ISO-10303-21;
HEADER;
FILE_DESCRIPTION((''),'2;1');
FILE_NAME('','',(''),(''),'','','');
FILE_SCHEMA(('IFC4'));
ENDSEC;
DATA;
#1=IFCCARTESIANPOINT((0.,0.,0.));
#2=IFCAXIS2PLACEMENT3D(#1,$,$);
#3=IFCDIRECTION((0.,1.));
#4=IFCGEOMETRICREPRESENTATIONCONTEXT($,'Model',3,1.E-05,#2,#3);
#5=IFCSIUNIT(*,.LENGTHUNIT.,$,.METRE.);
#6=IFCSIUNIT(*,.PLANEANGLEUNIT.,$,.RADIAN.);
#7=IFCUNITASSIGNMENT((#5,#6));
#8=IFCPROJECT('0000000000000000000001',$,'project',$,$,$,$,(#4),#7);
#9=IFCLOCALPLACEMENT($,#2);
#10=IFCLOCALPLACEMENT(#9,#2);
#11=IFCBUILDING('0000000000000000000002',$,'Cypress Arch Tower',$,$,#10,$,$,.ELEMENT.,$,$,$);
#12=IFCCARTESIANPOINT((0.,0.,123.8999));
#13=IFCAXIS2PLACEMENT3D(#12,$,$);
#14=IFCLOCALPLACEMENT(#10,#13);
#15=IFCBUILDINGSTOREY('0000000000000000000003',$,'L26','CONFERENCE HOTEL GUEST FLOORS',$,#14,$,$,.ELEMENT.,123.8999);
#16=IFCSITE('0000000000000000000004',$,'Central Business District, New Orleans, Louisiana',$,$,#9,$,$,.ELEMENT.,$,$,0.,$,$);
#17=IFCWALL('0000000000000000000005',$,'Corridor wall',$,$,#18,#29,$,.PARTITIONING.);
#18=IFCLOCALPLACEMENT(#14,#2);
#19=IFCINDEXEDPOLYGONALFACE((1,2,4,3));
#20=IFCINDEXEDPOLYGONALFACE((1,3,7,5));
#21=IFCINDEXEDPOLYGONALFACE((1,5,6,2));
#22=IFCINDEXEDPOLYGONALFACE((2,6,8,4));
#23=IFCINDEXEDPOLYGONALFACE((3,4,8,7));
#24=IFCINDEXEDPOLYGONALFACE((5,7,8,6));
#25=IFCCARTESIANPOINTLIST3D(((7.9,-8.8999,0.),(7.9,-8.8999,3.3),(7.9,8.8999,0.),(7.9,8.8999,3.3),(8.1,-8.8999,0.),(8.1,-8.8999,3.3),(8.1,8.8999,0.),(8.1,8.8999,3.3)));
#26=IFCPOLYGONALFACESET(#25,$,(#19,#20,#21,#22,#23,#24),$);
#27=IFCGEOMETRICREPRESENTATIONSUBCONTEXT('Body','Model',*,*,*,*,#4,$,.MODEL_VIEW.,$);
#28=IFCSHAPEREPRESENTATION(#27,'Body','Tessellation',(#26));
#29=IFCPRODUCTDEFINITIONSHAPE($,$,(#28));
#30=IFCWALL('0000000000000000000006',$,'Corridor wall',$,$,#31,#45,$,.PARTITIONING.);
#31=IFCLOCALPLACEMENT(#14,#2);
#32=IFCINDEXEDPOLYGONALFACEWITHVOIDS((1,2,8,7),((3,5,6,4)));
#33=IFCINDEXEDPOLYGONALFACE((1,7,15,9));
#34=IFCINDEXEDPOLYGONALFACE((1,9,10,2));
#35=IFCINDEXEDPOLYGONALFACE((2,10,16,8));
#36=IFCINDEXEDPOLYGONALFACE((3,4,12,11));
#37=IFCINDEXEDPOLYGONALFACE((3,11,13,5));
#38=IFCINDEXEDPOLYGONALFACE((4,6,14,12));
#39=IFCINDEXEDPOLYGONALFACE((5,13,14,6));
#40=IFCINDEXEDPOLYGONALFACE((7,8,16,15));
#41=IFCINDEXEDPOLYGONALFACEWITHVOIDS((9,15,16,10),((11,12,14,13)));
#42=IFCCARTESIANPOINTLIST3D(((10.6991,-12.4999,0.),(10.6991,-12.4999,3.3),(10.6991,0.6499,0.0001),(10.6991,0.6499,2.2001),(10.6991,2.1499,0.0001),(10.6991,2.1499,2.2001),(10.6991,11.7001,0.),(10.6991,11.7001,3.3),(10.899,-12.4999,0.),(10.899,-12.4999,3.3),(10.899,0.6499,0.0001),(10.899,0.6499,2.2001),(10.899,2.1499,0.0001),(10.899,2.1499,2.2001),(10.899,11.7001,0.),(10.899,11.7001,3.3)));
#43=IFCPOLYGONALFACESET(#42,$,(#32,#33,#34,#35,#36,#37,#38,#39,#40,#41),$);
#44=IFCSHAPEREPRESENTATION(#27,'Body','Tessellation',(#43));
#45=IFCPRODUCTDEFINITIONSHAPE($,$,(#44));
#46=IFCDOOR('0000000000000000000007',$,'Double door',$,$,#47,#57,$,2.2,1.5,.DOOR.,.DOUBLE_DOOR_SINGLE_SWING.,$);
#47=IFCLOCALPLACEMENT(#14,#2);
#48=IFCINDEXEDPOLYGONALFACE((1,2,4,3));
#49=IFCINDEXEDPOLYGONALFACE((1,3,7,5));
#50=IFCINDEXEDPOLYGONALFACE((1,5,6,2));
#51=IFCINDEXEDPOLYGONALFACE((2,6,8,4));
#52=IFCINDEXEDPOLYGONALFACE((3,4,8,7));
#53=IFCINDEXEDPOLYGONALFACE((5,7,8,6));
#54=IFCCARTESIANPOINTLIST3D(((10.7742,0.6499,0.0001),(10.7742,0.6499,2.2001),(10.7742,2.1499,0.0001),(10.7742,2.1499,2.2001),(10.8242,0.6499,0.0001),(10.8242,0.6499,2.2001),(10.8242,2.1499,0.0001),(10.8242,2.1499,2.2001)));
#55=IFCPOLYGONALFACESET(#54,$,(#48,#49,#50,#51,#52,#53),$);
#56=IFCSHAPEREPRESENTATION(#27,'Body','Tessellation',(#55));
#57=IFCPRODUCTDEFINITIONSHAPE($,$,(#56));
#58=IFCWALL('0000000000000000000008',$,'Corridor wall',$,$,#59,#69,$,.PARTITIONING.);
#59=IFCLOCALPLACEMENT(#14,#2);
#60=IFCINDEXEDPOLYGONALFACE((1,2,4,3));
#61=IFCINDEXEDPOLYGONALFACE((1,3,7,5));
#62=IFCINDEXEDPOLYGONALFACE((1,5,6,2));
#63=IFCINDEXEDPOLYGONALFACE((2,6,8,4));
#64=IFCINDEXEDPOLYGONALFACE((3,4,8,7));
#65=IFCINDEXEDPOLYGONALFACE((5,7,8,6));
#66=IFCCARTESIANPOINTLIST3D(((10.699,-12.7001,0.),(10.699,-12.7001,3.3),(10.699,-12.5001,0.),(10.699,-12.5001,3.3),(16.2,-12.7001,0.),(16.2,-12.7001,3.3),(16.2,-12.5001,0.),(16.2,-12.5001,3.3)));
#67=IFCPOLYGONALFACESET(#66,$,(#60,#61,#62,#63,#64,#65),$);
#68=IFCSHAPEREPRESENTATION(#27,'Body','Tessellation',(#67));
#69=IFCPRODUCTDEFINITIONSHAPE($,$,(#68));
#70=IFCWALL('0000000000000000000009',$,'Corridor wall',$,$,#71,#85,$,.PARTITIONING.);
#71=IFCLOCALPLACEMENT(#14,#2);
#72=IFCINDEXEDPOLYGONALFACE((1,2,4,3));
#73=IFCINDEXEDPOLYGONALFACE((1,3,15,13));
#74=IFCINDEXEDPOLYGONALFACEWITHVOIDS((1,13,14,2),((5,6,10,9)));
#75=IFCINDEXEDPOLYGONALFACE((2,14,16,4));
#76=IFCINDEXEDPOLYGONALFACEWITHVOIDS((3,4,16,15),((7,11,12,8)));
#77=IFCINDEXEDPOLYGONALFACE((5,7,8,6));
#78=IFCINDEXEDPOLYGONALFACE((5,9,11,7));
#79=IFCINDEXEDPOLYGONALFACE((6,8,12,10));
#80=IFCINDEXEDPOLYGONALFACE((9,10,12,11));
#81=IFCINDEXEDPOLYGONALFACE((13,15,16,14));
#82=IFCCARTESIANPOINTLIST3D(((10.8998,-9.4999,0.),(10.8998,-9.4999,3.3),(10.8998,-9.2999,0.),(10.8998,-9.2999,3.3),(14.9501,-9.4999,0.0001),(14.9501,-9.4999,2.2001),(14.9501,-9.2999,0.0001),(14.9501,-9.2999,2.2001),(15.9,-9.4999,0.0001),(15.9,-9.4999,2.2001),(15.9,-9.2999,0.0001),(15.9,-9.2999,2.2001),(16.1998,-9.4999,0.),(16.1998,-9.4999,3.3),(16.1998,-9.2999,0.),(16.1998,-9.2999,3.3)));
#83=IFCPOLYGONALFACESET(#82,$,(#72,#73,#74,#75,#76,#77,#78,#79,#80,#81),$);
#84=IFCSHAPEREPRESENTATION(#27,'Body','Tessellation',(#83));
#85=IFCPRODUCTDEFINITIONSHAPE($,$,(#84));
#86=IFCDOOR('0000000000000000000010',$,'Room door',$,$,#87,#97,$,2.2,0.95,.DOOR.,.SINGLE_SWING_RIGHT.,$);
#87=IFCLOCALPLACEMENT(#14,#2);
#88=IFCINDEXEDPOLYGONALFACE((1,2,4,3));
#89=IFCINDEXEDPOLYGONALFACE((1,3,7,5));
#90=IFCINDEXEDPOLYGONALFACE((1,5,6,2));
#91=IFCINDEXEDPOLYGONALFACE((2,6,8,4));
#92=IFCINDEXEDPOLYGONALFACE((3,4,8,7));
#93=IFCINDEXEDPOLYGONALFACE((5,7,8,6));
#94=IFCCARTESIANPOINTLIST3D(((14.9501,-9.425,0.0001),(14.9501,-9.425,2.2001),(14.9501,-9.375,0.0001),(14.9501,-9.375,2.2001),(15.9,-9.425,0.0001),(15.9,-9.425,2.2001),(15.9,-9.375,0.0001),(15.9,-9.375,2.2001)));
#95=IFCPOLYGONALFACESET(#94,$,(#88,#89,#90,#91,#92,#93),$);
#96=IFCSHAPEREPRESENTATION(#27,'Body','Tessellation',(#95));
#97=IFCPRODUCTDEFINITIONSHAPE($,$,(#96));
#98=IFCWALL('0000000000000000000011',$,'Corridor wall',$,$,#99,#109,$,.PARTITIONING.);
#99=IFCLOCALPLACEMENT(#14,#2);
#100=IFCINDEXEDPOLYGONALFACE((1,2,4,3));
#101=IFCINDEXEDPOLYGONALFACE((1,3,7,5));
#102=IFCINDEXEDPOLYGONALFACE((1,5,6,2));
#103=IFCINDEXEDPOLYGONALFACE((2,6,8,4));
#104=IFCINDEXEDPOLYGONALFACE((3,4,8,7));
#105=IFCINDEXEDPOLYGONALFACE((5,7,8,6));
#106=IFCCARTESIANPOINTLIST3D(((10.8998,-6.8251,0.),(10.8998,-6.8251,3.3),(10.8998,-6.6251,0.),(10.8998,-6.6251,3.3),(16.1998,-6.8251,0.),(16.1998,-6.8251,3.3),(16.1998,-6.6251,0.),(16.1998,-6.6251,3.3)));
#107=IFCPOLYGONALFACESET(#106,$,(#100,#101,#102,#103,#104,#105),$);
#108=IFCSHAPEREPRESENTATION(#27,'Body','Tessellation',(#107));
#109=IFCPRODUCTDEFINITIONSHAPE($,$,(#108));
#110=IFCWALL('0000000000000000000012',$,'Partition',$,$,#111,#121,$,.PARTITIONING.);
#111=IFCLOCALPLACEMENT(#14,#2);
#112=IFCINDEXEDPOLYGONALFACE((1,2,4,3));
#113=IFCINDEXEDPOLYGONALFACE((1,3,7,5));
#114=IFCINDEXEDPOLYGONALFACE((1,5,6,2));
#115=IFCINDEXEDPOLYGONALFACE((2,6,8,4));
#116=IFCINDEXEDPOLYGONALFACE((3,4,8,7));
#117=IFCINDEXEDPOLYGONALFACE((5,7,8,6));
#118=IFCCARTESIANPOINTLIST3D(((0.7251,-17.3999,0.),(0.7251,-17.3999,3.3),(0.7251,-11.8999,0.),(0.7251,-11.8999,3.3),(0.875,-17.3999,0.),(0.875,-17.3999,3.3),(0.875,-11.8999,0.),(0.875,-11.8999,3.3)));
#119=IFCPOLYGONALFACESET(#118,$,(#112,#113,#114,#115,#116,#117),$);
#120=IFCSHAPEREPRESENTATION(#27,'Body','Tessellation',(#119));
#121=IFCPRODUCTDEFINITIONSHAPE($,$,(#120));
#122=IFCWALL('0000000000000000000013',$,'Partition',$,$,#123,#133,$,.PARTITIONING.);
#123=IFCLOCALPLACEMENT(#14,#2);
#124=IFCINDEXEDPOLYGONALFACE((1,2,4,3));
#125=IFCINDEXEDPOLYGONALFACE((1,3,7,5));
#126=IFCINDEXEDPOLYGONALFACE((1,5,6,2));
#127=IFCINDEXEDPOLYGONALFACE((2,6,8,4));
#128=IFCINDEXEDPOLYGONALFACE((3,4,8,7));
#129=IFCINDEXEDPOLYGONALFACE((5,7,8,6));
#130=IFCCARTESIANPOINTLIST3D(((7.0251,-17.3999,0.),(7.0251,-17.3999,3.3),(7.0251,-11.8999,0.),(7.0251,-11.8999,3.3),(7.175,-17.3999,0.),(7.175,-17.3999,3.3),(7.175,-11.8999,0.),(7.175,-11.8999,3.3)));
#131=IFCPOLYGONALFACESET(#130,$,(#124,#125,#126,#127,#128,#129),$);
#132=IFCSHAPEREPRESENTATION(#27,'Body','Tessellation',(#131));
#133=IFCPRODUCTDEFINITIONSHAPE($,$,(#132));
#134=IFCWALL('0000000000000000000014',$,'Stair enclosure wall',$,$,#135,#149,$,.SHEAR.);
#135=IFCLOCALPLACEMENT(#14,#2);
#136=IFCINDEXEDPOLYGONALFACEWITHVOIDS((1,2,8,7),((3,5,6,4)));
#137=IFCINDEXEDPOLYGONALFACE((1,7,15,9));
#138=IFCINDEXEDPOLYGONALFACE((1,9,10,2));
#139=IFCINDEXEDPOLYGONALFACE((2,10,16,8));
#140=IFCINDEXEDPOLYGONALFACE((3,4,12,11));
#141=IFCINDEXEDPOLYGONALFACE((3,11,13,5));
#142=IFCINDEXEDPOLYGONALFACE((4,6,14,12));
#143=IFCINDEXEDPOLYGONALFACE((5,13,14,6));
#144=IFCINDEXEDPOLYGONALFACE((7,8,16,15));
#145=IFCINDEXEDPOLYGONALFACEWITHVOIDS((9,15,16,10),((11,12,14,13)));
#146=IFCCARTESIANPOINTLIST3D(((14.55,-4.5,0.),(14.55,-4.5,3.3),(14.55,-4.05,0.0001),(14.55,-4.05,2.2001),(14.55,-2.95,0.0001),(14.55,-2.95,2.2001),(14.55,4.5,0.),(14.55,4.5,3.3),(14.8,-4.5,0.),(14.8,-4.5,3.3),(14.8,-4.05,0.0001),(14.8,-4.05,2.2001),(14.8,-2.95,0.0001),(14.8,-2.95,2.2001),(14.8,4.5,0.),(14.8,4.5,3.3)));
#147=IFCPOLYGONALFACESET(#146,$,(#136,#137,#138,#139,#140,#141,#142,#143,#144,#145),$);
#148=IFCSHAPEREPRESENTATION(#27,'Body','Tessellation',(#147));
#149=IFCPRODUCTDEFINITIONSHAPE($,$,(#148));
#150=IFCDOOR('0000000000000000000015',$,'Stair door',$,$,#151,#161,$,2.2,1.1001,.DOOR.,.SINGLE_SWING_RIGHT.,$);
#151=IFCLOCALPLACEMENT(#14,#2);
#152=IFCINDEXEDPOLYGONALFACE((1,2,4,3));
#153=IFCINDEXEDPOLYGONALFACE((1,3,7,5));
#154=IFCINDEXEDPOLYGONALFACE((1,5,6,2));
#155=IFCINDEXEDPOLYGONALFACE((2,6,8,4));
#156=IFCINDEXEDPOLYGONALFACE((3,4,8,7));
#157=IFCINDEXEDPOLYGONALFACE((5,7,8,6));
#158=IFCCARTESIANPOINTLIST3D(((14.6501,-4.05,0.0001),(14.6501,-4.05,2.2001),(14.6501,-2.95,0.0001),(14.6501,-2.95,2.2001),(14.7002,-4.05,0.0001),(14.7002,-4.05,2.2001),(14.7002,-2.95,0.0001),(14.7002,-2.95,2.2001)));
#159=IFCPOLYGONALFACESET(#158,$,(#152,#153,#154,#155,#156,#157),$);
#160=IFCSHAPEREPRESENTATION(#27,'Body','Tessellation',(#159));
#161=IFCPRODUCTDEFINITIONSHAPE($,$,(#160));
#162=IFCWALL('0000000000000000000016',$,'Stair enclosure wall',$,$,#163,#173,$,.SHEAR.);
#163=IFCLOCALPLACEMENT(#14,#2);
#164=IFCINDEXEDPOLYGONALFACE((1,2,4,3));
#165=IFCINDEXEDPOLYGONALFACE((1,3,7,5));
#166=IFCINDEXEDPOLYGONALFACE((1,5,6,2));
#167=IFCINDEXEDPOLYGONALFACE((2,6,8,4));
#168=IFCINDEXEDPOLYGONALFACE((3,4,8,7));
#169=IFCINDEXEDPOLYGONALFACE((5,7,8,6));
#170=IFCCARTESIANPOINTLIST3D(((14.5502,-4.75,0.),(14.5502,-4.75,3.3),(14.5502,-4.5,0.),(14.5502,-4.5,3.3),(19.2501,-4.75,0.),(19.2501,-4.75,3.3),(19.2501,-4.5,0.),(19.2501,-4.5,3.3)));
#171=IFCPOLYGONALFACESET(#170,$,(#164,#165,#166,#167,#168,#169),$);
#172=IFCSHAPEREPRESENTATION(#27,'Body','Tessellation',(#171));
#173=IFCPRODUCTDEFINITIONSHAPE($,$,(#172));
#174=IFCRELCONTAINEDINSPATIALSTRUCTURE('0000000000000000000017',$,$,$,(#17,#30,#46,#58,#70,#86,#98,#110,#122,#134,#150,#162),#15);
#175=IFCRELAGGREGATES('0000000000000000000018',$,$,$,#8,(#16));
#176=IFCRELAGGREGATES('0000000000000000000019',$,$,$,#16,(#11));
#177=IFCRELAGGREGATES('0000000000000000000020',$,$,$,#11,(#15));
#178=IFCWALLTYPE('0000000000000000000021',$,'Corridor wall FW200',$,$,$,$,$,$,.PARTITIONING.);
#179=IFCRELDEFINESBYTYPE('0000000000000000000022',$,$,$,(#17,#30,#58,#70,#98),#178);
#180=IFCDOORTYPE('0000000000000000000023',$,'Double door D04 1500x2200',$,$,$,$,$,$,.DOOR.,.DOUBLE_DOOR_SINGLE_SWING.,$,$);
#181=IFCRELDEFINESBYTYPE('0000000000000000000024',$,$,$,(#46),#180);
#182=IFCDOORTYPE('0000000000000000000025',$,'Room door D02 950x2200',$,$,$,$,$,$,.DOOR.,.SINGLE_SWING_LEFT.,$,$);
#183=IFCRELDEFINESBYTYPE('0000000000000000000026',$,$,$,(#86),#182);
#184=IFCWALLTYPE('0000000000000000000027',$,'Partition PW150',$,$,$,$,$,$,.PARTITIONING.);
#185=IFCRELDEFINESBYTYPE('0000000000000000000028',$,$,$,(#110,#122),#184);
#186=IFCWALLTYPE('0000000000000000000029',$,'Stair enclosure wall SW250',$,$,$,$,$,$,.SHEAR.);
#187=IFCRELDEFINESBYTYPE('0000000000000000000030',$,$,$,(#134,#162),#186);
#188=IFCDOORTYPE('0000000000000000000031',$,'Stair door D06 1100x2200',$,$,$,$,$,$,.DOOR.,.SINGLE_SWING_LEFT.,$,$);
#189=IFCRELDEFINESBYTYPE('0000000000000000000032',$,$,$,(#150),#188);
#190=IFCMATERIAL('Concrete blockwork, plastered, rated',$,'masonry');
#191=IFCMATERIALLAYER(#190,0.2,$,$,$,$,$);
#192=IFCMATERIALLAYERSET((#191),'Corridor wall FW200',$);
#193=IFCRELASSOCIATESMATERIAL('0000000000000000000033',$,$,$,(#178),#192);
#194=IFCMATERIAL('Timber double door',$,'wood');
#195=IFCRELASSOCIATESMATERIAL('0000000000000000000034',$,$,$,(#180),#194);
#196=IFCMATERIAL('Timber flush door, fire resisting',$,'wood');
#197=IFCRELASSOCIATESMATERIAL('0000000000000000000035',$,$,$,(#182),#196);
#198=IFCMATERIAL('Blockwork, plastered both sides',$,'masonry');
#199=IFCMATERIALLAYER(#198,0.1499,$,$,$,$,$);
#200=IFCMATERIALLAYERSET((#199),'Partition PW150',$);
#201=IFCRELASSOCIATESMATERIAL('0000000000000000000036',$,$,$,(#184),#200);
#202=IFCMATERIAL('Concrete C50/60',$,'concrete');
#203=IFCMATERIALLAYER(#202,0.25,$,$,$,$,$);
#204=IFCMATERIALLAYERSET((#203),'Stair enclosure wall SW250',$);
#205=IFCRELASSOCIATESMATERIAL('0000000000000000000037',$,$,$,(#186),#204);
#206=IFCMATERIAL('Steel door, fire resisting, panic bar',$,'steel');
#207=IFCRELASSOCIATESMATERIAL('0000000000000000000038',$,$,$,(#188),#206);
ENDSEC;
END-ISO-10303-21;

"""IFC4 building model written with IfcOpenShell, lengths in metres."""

from ifc_helpers import new_model, si_unit, direction, frame, frame_2d, origin, place, context, subcontext, project, spatial, rectangle, extrude, material, layer, layer_set, type_object, element, fill, save


model = new_model("IFC4")

# Units and contexts
model_context = context("Model", 3, precision=1e-05, world=origin(), true_north=direction((0.0, 1.0)))
body_context = subcontext(model_context, "Body", "Model", "MODEL_VIEW")
ifc_project = project(units=[si_unit("LENGTHUNIT", "METRE"), si_unit("PLANEANGLEUNIT", "RADIAN")], contexts=[model_context])

# Site, building, storey
site_placement = place(None, origin())
site = spatial("IfcSite", under=ifc_project, at=site_placement, Name="Central Business District, New Orleans, Louisiana", CompositionType="ELEMENT", RefElevation=0.0)
building_placement = place(site_placement, origin())
building = spatial("IfcBuilding", under=site, at=building_placement, Name="Cypress Arch Tower", CompositionType="ELEMENT")
storey_placement = place(building_placement, frame((0.0, 0.0, 123.8999)))
storey = spatial("IfcBuildingStorey", under=building, at=storey_placement, Name="L26", Description="CONFERENCE HOTEL GUEST FLOORS", CompositionType="ELEMENT", Elevation=123.8999)

# Shared definitions
ifc_material_1 = material(Name="Concrete blockwork, plastered, rated", Category="masonry")
ifc_layer_1 = layer(ifc_material_1, 0.2)
ifc_layer_set_1 = layer_set([ifc_layer_1], Name="Corridor wall FW200")
wall_type_1 = type_object("IfcWallType", Name="Corridor wall FW200", PredefinedType="PARTITIONING", material=ifc_layer_set_1)

# Wall
wall_1_placement = place(storey_placement, frame((8.0, -8.8999, 0.0), z_axis=(0.0, 0.0, 1.0), x_axis=(0.0, 1.0, 0.0)))
element("IfcWall", 1, at=wall_1_placement, inside=storey, type_object=wall_type_1, Name="Corridor wall", PredefinedType="PARTITIONING", context=body_context, shape_type="SweptSolid", body=[
    extrude(rectangle(XDim=17.7998, YDim=0.2, at=frame_2d((8.8999, 0.0))), origin(), (0.0, 0.0, 1.0), 3.3),
])

# Wall, opening, door
wall_2_placement = place(storey_placement, frame((10.7991, -12.5, 0.0), z_axis=(0.0, 0.0, 1.0), x_axis=(0.0, 1.0, 0.0)))
wall_2 = element("IfcWall", 2, at=wall_2_placement, inside=storey, type_object=wall_type_1, Name="Corridor wall", PredefinedType="PARTITIONING", context=body_context, shape_type="SweptSolid", body=[
    extrude(rectangle(XDim=24.2, YDim=0.2, at=frame_2d((12.1001, 0.0))), origin(), (0.0, 0.0, 1.0), 3.3),
])
opening_1_placement = place(wall_2_placement, frame((13.1499, 0.0, 0.0)))
opening_1 = element("IfcOpeningElement", 3, at=opening_1_placement, cuts=wall_2, PredefinedType="OPENING", context=body_context, shape_type="SweptSolid", body=[
    extrude(rectangle(XDim=1.5, YDim=2.2, at=frame_2d((0.75, 1.1001))), frame((0.0, 0.1099, 0.0), z_axis=(0.0, -1.0, 0.0), x_axis=(1.0, 0.0, 0.0)), (0.0, 0.0, 1.0), 0.22),
])
ifc_material_2 = material(Name="Timber double door", Category="wood")
door_type_1 = type_object("IfcDoorType", Name="Double door D04 1500x2200", OperationType="DOUBLE_DOOR_SINGLE_SWING", PredefinedType="DOOR", material=ifc_material_2)
door_1_placement = place(opening_1_placement, origin())
door_1 = element("IfcDoor", 4, at=door_1_placement, inside=storey, type_object=door_type_1, Name="Double door", OperationType="DOUBLE_DOOR_SINGLE_SWING", OverallHeight=2.2, OverallWidth=1.5, PredefinedType="DOOR", context=body_context, shape_type="SweptSolid", body=[
    extrude(rectangle(XDim=1.5, YDim=2.2, at=frame_2d((0.75, 1.1001))), frame((0.0, 0.0249, 0.0), z_axis=(0.0, -1.0, 0.0), x_axis=(1.0, 0.0, 0.0)), (0.0, 0.0, 1.0), 0.05),
])
fill(opening_1, door_1)

# Wall
wall_3_placement = place(storey_placement, frame((10.699, -12.6001, 0.0), z_axis=(0.0, 0.0, 1.0), x_axis=(1.0, 0.0, 0.0)))
element("IfcWall", 5, at=wall_3_placement, inside=storey, type_object=wall_type_1, Name="Corridor wall", PredefinedType="PARTITIONING", context=body_context, shape_type="SweptSolid", body=[
    extrude(rectangle(XDim=5.501, YDim=0.2, at=frame_2d((2.7505, 0.0))), origin(), (0.0, 0.0, 1.0), 3.3),
])

# Wall, opening, door
wall_4_placement = place(storey_placement, frame((10.8999, -9.3999, 0.0), z_axis=(0.0, 0.0, 1.0), x_axis=(1.0, 0.0, 0.0)))
wall_4 = element("IfcWall", 6, at=wall_4_placement, inside=storey, type_object=wall_type_1, Name="Corridor wall", PredefinedType="PARTITIONING", context=body_context, shape_type="SweptSolid", body=[
    extrude(rectangle(XDim=5.3, YDim=0.2, at=frame_2d((2.6499, 0.0))), origin(), (0.0, 0.0, 1.0), 3.3),
])
opening_2_placement = place(wall_4_placement, frame((4.05, 0.0, 0.0)))
opening_2 = element("IfcOpeningElement", 7, at=opening_2_placement, cuts=wall_4, PredefinedType="OPENING", context=body_context, shape_type="SweptSolid", body=[
    extrude(rectangle(XDim=0.95, YDim=2.2, at=frame_2d((0.4751, 1.1001))), frame((0.0, 0.1099, 0.0), z_axis=(0.0, -1.0, 0.0), x_axis=(1.0, 0.0, 0.0)), (0.0, 0.0, 1.0), 0.22),
])
ifc_material_3 = material(Name="Timber flush door, fire resisting", Category="wood")
door_type_2 = type_object("IfcDoorType", Name="Room door D02 950x2200", OperationType="SINGLE_SWING_LEFT", PredefinedType="DOOR", material=ifc_material_3)
door_2_placement = place(opening_2_placement, origin())
door_2 = element("IfcDoor", 8, at=door_2_placement, inside=storey, type_object=door_type_2, Name="Room door", OperationType="SINGLE_SWING_RIGHT", OverallHeight=2.2, OverallWidth=0.95, PredefinedType="DOOR", context=body_context, shape_type="SweptSolid", body=[
    extrude(rectangle(XDim=0.95, YDim=2.2, at=frame_2d((0.4751, 1.1001))), frame((0.0, 0.0249, 0.0), z_axis=(0.0, -1.0, 0.0), x_axis=(1.0, 0.0, 0.0)), (0.0, 0.0, 1.0), 0.05),
])
fill(opening_2, door_2)

# Walls
wall_5_placement = place(storey_placement, frame((10.8999, -6.7251, 0.0), z_axis=(0.0, 0.0, 1.0), x_axis=(1.0, 0.0, 0.0)))
element("IfcWall", 9, at=wall_5_placement, inside=storey, type_object=wall_type_1, Name="Corridor wall", PredefinedType="PARTITIONING", context=body_context, shape_type="SweptSolid", body=[
    extrude(rectangle(XDim=5.3, YDim=0.2, at=frame_2d((2.6499, 0.0))), origin(), (0.0, 0.0, 1.0), 3.3),
])
ifc_material_4 = material(Name="Blockwork, plastered both sides", Category="masonry")
ifc_layer_2 = layer(ifc_material_4, 0.1499)
ifc_layer_set_2 = layer_set([ifc_layer_2], Name="Partition PW150")
wall_type_2 = type_object("IfcWallType", Name="Partition PW150", PredefinedType="PARTITIONING", material=ifc_layer_set_2)
for number, where, z_axis, x_axis, name in (
    (10, (0.8, -17.3999, 0.0), (0.0, 0.0, 1.0), (0.0, 1.0, 0.0), "Partition"),
    (11, (7.1001, -17.3999, 0.0), (0.0, 0.0, 1.0), (0.0, 1.0, 0.0), "Partition"),
):
    element("IfcWall", number, at=place(storey_placement, frame(where, z_axis=z_axis, x_axis=x_axis)), inside=storey, type_object=wall_type_2, Name=name, PredefinedType="PARTITIONING", context=body_context, shape_type="SweptSolid", body=[
        extrude(rectangle(XDim=5.5, YDim=0.1499, at=frame_2d((2.75, 0.0))), origin(), (0.0, 0.0, 1.0), 3.3),
    ])

# Wall, opening, door
ifc_material_5 = material(Name="Concrete C50/60", Category="concrete")
ifc_layer_3 = layer(ifc_material_5, 0.25)
ifc_layer_set_3 = layer_set([ifc_layer_3], Name="Stair enclosure wall SW250")
wall_type_3 = type_object("IfcWallType", Name="Stair enclosure wall SW250", PredefinedType="SHEAR", material=ifc_layer_set_3)
wall_6_placement = place(storey_placement, frame((14.675, -4.5, 0.0), z_axis=(0.0, 0.0, 1.0), x_axis=(0.0, 1.0, 0.0)))
wall_6 = element("IfcWall", 12, at=wall_6_placement, inside=storey, type_object=wall_type_3, Name="Stair enclosure wall", PredefinedType="SHEAR", context=body_context, shape_type="SweptSolid", body=[
    extrude(rectangle(XDim=9.0, YDim=0.25, at=frame_2d((4.5, 0.0))), origin(), (0.0, 0.0, 1.0), 3.3),
])
opening_3_placement = place(wall_6_placement, frame((0.45, 0.0, 0.0)))
opening_3 = element("IfcOpeningElement", 13, at=opening_3_placement, cuts=wall_6, PredefinedType="OPENING", context=body_context, shape_type="SweptSolid", body=[
    extrude(rectangle(XDim=1.1001, YDim=2.2, at=frame_2d((0.55, 1.1001))), frame((0.0, 0.135, 0.0), z_axis=(0.0, -1.0, 0.0), x_axis=(1.0, 0.0, 0.0)), (0.0, 0.0, 1.0), 0.27),
])
ifc_material_6 = material(Name="Steel door, fire resisting, panic bar", Category="steel")
door_type_3 = type_object("IfcDoorType", Name="Stair door D06 1100x2200", OperationType="SINGLE_SWING_LEFT", PredefinedType="DOOR", material=ifc_material_6)
door_3_placement = place(opening_3_placement, origin())
door_3 = element("IfcDoor", 14, at=door_3_placement, inside=storey, type_object=door_type_3, Name="Stair door", OperationType="SINGLE_SWING_RIGHT", OverallHeight=2.2, OverallWidth=1.1001, PredefinedType="DOOR", context=body_context, shape_type="SweptSolid", body=[
    extrude(rectangle(XDim=1.1001, YDim=2.2, at=frame_2d((0.55, 1.1001))), frame((0.0, 0.0249, 0.0), z_axis=(0.0, -1.0, 0.0), x_axis=(1.0, 0.0, 0.0)), (0.0, 0.0, 1.0), 0.05),
])
fill(opening_3, door_3)

# Wall
wall_7_placement = place(storey_placement, frame((14.55, -4.625, 0.0), z_axis=(0.0, 0.0, 1.0), x_axis=(1.0, 0.0, 0.0)))
element("IfcWall", 15, at=wall_7_placement, inside=storey, type_object=wall_type_3, Name="Stair enclosure wall", PredefinedType="SHEAR", context=body_context, shape_type="SweptSolid", body=[
    extrude(rectangle(XDim=4.7, YDim=0.25, at=frame_2d((2.3501, 0.0))), origin(), (0.0, 0.0, 1.0), 3.3),
])

save(model, "model.ifc")
